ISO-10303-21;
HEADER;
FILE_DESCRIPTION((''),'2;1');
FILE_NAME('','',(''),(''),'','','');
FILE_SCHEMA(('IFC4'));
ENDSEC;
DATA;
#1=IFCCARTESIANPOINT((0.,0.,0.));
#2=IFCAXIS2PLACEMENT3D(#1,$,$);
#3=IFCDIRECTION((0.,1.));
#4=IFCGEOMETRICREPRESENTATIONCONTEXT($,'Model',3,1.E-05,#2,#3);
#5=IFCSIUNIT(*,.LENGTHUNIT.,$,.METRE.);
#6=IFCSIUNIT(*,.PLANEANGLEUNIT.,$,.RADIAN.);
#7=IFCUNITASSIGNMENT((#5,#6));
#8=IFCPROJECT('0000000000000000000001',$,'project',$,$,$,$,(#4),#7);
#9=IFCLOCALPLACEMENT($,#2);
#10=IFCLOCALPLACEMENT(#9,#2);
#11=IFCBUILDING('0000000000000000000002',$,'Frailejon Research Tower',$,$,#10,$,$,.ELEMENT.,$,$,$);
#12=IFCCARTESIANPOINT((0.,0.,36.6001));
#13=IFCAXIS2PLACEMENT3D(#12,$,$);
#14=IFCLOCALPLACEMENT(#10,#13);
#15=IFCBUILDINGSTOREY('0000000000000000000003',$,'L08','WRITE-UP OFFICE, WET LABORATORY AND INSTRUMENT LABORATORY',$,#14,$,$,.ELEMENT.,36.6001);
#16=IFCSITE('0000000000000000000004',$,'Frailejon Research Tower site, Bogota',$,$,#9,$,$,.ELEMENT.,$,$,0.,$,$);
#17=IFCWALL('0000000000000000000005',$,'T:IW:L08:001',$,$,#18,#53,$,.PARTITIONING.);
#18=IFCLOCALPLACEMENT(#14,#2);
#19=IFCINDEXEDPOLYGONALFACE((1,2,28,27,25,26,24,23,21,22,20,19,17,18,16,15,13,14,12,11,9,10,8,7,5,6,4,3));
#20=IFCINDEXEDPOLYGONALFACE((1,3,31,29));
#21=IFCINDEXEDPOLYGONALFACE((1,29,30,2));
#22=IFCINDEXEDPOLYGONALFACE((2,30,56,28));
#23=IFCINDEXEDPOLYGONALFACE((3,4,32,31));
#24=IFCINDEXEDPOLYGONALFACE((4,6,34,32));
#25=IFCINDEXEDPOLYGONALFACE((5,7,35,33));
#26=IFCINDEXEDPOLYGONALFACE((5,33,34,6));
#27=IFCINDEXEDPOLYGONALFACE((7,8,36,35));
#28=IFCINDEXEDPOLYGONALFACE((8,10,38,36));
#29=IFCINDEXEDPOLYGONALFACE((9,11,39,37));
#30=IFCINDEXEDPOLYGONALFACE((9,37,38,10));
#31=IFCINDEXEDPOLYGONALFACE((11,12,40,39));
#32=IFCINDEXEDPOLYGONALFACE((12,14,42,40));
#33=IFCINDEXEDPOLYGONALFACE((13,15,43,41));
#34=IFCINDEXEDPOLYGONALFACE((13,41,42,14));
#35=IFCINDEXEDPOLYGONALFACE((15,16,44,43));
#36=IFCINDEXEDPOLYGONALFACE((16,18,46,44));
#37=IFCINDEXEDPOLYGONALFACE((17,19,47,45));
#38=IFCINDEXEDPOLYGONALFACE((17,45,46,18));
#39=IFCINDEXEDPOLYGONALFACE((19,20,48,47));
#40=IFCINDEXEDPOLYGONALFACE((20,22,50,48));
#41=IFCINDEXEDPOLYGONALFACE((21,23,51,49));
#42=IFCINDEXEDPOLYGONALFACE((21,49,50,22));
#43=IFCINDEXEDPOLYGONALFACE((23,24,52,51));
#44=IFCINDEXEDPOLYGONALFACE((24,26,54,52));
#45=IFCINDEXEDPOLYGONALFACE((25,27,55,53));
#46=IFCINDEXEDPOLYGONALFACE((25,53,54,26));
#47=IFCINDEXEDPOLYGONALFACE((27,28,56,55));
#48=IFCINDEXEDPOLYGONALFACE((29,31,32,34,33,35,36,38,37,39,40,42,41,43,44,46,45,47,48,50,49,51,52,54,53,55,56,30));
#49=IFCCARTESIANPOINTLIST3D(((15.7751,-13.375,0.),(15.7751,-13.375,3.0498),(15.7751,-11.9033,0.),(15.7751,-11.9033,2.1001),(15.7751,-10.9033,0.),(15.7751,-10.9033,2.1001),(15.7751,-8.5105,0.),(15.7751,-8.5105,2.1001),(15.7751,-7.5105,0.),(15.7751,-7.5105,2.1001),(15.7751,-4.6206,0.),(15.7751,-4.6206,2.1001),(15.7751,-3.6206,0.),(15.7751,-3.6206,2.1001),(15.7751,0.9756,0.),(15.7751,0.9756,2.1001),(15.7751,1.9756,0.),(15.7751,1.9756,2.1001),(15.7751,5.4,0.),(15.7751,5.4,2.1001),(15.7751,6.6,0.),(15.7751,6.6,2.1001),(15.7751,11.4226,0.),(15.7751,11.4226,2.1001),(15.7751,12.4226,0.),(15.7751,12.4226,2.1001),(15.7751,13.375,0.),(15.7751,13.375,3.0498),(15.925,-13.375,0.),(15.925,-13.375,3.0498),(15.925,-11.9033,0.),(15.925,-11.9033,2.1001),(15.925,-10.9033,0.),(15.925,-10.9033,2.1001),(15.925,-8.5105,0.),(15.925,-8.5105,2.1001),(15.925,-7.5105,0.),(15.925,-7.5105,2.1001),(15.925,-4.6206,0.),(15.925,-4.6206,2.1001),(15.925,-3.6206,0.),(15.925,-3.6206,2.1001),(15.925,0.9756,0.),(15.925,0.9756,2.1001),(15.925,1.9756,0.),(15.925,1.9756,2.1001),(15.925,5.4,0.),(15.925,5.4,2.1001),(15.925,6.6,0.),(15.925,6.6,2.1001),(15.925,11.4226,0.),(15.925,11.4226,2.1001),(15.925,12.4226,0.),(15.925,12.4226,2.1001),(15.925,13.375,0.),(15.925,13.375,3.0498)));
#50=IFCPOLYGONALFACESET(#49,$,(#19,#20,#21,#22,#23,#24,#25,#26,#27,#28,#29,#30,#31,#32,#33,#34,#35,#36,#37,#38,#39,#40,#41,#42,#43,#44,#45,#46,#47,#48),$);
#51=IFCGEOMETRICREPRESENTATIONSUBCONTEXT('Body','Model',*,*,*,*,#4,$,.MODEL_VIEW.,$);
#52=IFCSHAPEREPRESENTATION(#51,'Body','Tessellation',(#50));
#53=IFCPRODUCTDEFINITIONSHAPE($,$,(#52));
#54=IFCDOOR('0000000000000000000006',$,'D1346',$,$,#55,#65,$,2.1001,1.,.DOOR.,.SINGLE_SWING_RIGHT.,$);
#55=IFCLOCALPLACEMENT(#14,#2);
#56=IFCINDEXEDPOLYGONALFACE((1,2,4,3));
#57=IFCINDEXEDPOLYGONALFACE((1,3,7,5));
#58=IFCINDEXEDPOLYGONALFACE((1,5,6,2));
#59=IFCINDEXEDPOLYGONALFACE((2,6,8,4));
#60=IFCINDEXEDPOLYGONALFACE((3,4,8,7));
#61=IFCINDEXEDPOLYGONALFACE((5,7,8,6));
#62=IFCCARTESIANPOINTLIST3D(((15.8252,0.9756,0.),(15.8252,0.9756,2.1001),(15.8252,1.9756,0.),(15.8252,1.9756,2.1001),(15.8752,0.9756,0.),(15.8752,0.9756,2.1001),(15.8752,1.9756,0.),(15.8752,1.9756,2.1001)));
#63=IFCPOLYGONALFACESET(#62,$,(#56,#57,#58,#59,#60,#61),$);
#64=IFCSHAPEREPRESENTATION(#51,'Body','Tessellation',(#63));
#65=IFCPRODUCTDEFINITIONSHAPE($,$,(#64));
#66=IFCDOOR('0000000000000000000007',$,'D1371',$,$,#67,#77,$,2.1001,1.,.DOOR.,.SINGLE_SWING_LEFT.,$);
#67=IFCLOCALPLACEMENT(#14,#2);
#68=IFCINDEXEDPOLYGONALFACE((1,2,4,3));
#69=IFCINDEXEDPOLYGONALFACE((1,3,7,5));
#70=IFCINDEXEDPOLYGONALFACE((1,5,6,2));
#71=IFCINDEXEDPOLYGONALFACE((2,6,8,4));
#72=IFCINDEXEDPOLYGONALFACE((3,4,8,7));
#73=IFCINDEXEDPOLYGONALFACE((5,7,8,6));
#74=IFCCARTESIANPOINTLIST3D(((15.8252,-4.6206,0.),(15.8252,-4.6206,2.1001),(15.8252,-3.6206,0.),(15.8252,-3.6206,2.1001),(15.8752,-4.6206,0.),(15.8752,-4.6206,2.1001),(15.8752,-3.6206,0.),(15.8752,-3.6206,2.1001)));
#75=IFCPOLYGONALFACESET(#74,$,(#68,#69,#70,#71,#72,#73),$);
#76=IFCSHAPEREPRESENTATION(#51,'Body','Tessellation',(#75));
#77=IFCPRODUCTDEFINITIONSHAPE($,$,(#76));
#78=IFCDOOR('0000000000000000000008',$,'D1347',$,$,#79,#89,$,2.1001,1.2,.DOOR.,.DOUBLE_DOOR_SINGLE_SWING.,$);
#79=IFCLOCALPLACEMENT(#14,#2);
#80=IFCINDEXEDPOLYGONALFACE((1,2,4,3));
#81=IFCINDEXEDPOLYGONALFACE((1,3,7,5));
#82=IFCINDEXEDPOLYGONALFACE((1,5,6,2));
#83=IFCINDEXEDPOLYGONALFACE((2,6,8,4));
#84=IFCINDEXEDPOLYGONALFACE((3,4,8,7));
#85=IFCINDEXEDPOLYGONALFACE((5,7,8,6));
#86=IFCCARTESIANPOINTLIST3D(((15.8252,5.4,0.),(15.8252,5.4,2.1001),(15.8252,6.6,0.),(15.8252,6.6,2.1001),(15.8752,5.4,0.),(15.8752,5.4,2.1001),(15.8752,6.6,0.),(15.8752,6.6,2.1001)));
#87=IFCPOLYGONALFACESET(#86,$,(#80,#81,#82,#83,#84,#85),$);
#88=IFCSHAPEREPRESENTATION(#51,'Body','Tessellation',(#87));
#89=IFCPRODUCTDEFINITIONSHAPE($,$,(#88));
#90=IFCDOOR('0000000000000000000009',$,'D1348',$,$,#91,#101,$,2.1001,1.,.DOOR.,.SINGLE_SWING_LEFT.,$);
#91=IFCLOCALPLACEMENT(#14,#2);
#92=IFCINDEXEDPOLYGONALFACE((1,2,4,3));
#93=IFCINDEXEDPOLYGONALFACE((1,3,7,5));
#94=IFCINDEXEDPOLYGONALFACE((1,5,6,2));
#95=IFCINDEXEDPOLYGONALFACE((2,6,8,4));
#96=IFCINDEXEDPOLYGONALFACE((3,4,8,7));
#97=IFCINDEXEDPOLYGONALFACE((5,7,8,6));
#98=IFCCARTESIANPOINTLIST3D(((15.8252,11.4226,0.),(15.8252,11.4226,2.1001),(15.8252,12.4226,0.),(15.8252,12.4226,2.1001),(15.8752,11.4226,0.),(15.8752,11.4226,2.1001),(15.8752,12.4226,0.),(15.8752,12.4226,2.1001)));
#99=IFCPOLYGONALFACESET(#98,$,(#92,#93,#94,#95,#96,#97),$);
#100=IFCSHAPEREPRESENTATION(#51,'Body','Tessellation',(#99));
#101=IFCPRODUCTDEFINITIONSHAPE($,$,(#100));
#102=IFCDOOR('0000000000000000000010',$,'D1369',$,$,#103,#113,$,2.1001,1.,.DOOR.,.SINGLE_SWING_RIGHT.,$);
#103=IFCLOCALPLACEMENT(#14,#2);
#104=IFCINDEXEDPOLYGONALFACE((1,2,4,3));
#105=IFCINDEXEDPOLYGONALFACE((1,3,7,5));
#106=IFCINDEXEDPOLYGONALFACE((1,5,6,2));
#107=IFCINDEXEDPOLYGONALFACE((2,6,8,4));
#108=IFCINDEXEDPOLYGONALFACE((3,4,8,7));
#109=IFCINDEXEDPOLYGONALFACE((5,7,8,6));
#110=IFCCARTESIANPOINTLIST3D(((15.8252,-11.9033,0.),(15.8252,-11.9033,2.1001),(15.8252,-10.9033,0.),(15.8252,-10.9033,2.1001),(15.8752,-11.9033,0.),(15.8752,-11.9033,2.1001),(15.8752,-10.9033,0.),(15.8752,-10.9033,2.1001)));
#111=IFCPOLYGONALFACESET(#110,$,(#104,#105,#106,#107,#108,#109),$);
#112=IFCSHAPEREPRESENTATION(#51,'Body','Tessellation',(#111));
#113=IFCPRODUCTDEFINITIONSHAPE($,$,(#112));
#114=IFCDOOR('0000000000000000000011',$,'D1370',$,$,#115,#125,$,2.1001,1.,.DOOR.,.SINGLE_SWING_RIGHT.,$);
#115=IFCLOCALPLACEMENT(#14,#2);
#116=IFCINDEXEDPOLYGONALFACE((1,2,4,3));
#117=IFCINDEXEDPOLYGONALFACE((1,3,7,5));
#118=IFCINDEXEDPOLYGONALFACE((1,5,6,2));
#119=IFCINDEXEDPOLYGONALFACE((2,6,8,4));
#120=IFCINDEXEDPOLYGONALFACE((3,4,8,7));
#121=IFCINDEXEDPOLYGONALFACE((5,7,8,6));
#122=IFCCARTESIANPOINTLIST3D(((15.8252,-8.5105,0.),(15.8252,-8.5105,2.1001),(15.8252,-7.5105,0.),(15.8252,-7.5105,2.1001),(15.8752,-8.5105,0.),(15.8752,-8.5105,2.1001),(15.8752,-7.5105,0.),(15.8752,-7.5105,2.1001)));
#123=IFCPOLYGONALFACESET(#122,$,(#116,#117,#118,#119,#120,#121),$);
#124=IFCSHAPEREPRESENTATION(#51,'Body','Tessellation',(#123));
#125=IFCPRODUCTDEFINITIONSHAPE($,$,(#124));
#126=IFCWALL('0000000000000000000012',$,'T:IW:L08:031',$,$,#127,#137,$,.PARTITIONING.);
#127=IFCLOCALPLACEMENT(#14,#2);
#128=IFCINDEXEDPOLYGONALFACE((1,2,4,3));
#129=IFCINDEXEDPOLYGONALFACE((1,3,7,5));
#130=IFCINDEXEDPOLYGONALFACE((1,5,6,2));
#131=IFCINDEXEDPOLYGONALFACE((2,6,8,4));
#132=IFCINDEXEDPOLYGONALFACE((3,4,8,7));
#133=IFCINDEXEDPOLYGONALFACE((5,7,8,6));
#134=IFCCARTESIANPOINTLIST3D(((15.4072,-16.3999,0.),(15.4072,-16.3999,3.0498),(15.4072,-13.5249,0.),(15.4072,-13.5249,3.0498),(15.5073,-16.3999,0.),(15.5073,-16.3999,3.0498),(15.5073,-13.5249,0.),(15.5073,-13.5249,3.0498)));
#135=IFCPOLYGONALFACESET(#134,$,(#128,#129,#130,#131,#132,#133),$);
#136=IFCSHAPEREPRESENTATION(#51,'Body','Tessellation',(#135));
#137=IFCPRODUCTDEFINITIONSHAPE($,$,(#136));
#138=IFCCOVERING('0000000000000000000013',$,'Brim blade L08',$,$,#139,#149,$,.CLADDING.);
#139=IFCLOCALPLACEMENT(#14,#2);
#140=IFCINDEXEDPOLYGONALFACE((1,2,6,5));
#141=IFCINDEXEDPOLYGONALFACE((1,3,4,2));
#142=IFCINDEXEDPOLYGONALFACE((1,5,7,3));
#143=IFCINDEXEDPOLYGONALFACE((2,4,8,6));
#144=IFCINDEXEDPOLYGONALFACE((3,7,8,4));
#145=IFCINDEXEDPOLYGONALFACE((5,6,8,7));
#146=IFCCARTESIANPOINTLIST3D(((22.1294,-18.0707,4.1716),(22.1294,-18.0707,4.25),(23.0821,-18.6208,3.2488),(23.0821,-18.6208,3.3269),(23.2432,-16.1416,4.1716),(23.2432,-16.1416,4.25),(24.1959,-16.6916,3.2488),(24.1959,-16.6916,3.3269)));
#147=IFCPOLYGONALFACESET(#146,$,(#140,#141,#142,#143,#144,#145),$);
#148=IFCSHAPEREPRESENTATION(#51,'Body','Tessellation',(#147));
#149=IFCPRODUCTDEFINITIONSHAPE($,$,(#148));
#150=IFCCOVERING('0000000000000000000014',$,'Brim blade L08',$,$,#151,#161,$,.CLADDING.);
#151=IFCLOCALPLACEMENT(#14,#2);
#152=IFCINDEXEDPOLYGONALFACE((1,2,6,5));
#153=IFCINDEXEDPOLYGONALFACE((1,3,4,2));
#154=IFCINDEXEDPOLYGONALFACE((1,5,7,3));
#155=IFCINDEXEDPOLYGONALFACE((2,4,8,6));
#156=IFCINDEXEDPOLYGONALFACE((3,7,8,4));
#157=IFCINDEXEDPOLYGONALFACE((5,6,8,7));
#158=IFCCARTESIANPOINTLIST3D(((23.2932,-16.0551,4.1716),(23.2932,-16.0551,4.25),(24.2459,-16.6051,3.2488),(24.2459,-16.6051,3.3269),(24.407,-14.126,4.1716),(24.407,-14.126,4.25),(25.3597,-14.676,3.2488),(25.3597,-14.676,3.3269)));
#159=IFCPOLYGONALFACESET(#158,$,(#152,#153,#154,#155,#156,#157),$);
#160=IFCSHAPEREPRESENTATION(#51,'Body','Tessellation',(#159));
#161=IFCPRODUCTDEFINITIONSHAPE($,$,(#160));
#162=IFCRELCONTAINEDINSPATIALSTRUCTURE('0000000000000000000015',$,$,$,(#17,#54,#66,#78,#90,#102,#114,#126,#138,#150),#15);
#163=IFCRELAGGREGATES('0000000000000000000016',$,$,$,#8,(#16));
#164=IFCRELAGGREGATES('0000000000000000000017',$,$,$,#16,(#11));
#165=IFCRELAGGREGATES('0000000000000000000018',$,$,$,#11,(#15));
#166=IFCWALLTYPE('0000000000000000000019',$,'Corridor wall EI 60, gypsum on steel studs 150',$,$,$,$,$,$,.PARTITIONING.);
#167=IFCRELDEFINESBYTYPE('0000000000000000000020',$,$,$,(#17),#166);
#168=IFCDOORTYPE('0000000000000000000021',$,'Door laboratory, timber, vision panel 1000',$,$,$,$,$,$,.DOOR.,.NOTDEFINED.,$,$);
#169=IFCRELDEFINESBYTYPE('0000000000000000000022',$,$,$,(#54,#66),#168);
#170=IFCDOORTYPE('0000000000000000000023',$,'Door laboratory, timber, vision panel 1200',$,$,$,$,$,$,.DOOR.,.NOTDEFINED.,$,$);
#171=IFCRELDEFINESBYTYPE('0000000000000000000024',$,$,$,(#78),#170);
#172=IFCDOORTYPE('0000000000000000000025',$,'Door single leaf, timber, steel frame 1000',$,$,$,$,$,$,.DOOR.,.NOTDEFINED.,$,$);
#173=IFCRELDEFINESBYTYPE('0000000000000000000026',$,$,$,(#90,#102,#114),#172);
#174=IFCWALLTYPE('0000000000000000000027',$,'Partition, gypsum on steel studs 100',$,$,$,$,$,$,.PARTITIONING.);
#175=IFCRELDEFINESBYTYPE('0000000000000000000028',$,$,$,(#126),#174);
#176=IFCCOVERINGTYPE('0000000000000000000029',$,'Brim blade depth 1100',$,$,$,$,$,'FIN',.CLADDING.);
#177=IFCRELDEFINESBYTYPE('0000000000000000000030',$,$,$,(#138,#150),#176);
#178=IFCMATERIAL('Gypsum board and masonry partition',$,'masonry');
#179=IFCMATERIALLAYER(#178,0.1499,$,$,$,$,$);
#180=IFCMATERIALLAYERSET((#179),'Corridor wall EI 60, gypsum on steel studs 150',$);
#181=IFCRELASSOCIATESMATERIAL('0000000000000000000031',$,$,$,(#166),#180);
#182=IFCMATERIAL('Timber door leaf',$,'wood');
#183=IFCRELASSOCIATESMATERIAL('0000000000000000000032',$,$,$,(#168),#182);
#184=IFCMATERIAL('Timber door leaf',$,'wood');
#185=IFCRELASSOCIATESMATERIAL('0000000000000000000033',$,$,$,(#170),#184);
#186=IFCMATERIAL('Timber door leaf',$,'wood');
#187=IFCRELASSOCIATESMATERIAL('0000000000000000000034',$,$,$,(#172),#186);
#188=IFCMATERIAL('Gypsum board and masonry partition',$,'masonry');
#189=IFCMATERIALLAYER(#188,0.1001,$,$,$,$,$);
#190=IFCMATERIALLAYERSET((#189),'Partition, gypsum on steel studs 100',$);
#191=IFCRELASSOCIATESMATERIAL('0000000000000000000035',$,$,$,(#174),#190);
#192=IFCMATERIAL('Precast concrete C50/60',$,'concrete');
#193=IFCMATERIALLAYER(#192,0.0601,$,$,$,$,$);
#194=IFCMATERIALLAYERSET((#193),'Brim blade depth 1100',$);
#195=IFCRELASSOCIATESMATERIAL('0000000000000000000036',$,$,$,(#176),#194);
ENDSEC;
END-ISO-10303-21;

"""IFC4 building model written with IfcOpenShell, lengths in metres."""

from ifc_helpers import new_model, si_unit, direction, frame, frame_2d, origin, place, context, subcontext, project, spatial, polyline, rectangle, outline, extrude, material, layer, layer_set, type_object, element, fill, save


model = new_model("IFC4")

# Units and contexts
model_context = context("Model", 3, precision=1e-05, world=origin(), true_north=direction((0.0, 1.0)))
body_context = subcontext(model_context, "Body", "Model", "MODEL_VIEW")
ifc_project = project(units=[si_unit("LENGTHUNIT", "METRE"), si_unit("PLANEANGLEUNIT", "RADIAN")], contexts=[model_context])

# Site, building, storey
site_placement = place(None, origin())
site = spatial("IfcSite", under=ifc_project, at=site_placement, Name="Frailejon Research Tower site, Bogota", CompositionType="ELEMENT", RefElevation=0.0)
building_placement = place(site_placement, origin())
building = spatial("IfcBuilding", under=site, at=building_placement, Name="Frailejon Research Tower", CompositionType="ELEMENT")
storey_placement = place(building_placement, frame((0.0, 0.0, 36.6001)))
storey = spatial("IfcBuildingStorey", under=building, at=storey_placement, Name="L08", Description="WRITE-UP OFFICE, WET LABORATORY AND INSTRUMENT LABORATORY", CompositionType="ELEMENT", Elevation=36.6001)

# Wall, openings, doors
ifc_material_1 = material(Name="Gypsum board and masonry partition", Category="masonry")
ifc_layer_1 = layer(ifc_material_1, 0.1499)
ifc_layer_set_1 = layer_set([ifc_layer_1], Name="Corridor wall EI 60, gypsum on steel studs 150")
wall_type_1 = type_object("IfcWallType", Name="Corridor wall EI 60, gypsum on steel studs 150", PredefinedType="PARTITIONING", material=ifc_layer_set_1)
wall_1_placement = place(storey_placement, frame((15.8501, -13.375, 0.0), z_axis=(0.0, 0.0, 1.0), x_axis=(0.0, 1.0, 0.0)))
wall_1 = element("IfcWall", 1, at=wall_1_placement, inside=storey, type_object=wall_type_1, Name="T:IW:L08:001", PredefinedType="PARTITIONING", context=body_context, shape_type="SweptSolid", body=[
    extrude(rectangle(XDim=26.75, YDim=0.1499, at=frame_2d((13.375, 0.0))), origin(), (0.0, 0.0, 1.0), 3.0498),
])
opening_1_placement = place(wall_1_placement, frame((14.3506, 0.0, 0.0)))
opening_1 = element("IfcOpeningElement", 2, at=opening_1_placement, cuts=wall_1, PredefinedType="OPENING", context=body_context, shape_type="SweptSolid", body=[
    extrude(rectangle(XDim=1.0, YDim=2.1001, at=frame_2d((0.5, 1.05))), frame((0.0, 0.085, 0.0), z_axis=(0.0, -1.0, 0.0), x_axis=(1.0, 0.0, 0.0)), (0.0, 0.0, 1.0), 0.1699),
])
opening_2_placement = place(wall_1_placement, frame((18.7749, 0.0, 0.0)))
opening_2 = element("IfcOpeningElement", 3, at=opening_2_placement, cuts=wall_1, PredefinedType="OPENING", context=body_context, shape_type="SweptSolid", body=[
    extrude(rectangle(XDim=1.2, YDim=2.1001, at=frame_2d((0.6001, 1.05))), frame((0.0, 0.085, 0.0), z_axis=(0.0, -1.0, 0.0), x_axis=(1.0, 0.0, 0.0)), (0.0, 0.0, 1.0), 0.1699),
])
opening_3_placement = place(wall_1_placement, frame((24.7976, 0.0, 0.0)))
opening_3 = element("IfcOpeningElement", 4, at=opening_3_placement, cuts=wall_1, PredefinedType="OPENING", context=body_context, shape_type="SweptSolid", body=[
    extrude(rectangle(XDim=1.0, YDim=2.1001, at=frame_2d((0.5, 1.05))), frame((0.0, 0.085, 0.0), z_axis=(0.0, -1.0, 0.0), x_axis=(1.0, 0.0, 0.0)), (0.0, 0.0, 1.0), 0.1699),
])
opening_4_placement = place(wall_1_placement, frame((1.4717, 0.0, 0.0)))
opening_4 = element("IfcOpeningElement", 5, at=opening_4_placement, cuts=wall_1, PredefinedType="OPENING", context=body_context, shape_type="SweptSolid", body=[
    extrude(rectangle(XDim=1.0, YDim=2.1001, at=frame_2d((0.5, 1.05))), frame((0.0, 0.085, 0.0), z_axis=(0.0, -1.0, 0.0), x_axis=(1.0, 0.0, 0.0)), (0.0, 0.0, 1.0), 0.1699),
])
opening_5_placement = place(wall_1_placement, frame((4.8645, 0.0, 0.0)))
opening_5 = element("IfcOpeningElement", 6, at=opening_5_placement, cuts=wall_1, PredefinedType="OPENING", context=body_context, shape_type="SweptSolid", body=[
    extrude(rectangle(XDim=1.0, YDim=2.1001, at=frame_2d((0.5, 1.05))), frame((0.0, 0.085, 0.0), z_axis=(0.0, -1.0, 0.0), x_axis=(1.0, 0.0, 0.0)), (0.0, 0.0, 1.0), 0.1699),
])
opening_6_placement = place(wall_1_placement, frame((8.7544, 0.0, 0.0)))
opening_6 = element("IfcOpeningElement", 7, at=opening_6_placement, cuts=wall_1, PredefinedType="OPENING", context=body_context, shape_type="SweptSolid", body=[
    extrude(rectangle(XDim=1.0, YDim=2.1001, at=frame_2d((0.5, 1.05))), frame((0.0, 0.085, 0.0), z_axis=(0.0, -1.0, 0.0), x_axis=(1.0, 0.0, 0.0)), (0.0, 0.0, 1.0), 0.1699),
])
ifc_material_2 = material(Name="Timber door leaf", Category="wood")
door_type_1 = type_object("IfcDoorType", Name="Door laboratory, timber, vision panel 1000", OperationType="NOTDEFINED", PredefinedType="DOOR", material=ifc_material_2)
door_1_placement = place(opening_1_placement, origin())
door_1 = element("IfcDoor", 8, at=door_1_placement, inside=storey, type_object=door_type_1, Name="D1346", OperationType="SINGLE_SWING_RIGHT", OverallHeight=2.1001, OverallWidth=1.0, PredefinedType="DOOR", context=body_context, shape_type="SweptSolid", body=[
    extrude(rectangle(XDim=1.0, YDim=2.1001, at=frame_2d((0.5, 1.05))), frame((0.0, 0.0249, 0.0), z_axis=(0.0, -1.0, 0.0), x_axis=(1.0, 0.0, 0.0)), (0.0, 0.0, 1.0), 0.05),
])
fill(opening_1, door_1)
door_2_placement = place(opening_6_placement, origin())
door_2 = element("IfcDoor", 9, at=door_2_placement, inside=storey, type_object=door_type_1, Name="D1371", OperationType="SINGLE_SWING_LEFT", OverallHeight=2.1001, OverallWidth=1.0, PredefinedType="DOOR", context=body_context, shape_type="SweptSolid", body=[
    extrude(rectangle(XDim=1.0, YDim=2.1001, at=frame_2d((0.5, 1.05))), frame((0.0, 0.0249, 0.0), z_axis=(0.0, -1.0, 0.0), x_axis=(1.0, 0.0, 0.0)), (0.0, 0.0, 1.0), 0.05),
])
fill(opening_6, door_2)
ifc_material_3 = material(Name="Timber door leaf", Category="wood")
door_type_2 = type_object("IfcDoorType", Name="Door laboratory, timber, vision panel 1200", OperationType="NOTDEFINED", PredefinedType="DOOR", material=ifc_material_3)
door_3_placement = place(opening_2_placement, origin())
door_3 = element("IfcDoor", 10, at=door_3_placement, inside=storey, type_object=door_type_2, Name="D1347", OperationType="DOUBLE_DOOR_SINGLE_SWING", OverallHeight=2.1001, OverallWidth=1.2, PredefinedType="DOOR", context=body_context, shape_type="SweptSolid", body=[
    extrude(rectangle(XDim=1.2, YDim=2.1001, at=frame_2d((0.6001, 1.05))), frame((0.0, 0.0249, 0.0), z_axis=(0.0, -1.0, 0.0), x_axis=(1.0, 0.0, 0.0)), (0.0, 0.0, 1.0), 0.05),
])
fill(opening_2, door_3)
ifc_material_4 = material(Name="Timber door leaf", Category="wood")
door_type_3 = type_object("IfcDoorType", Name="Door single leaf, timber, steel frame 1000", OperationType="NOTDEFINED", PredefinedType="DOOR", material=ifc_material_4)
door_4_placement = place(opening_3_placement, origin())
door_4 = element("IfcDoor", 11, at=door_4_placement, inside=storey, type_object=door_type_3, Name="D1348", OperationType="SINGLE_SWING_LEFT", OverallHeight=2.1001, OverallWidth=1.0, PredefinedType="DOOR", context=body_context, shape_type="SweptSolid", body=[
    extrude(rectangle(XDim=1.0, YDim=2.1001, at=frame_2d((0.5, 1.05))), frame((0.0, 0.0249, 0.0), z_axis=(0.0, -1.0, 0.0), x_axis=(1.0, 0.0, 0.0)), (0.0, 0.0, 1.0), 0.05),
])
fill(opening_3, door_4)
door_5_placement = place(opening_4_placement, origin())
door_5 = element("IfcDoor", 12, at=door_5_placement, inside=storey, type_object=door_type_3, Name="D1369", OperationType="SINGLE_SWING_RIGHT", OverallHeight=2.1001, OverallWidth=1.0, PredefinedType="DOOR", context=body_context, shape_type="SweptSolid", body=[
    extrude(rectangle(XDim=1.0, YDim=2.1001, at=frame_2d((0.5, 1.05))), frame((0.0, 0.0249, 0.0), z_axis=(0.0, -1.0, 0.0), x_axis=(1.0, 0.0, 0.0)), (0.0, 0.0, 1.0), 0.05),
])
fill(opening_4, door_5)
door_6_placement = place(opening_5_placement, origin())
door_6 = element("IfcDoor", 13, at=door_6_placement, inside=storey, type_object=door_type_3, Name="D1370", OperationType="SINGLE_SWING_RIGHT", OverallHeight=2.1001, OverallWidth=1.0, PredefinedType="DOOR", context=body_context, shape_type="SweptSolid", body=[
    extrude(rectangle(XDim=1.0, YDim=2.1001, at=frame_2d((0.5, 1.05))), frame((0.0, 0.0249, 0.0), z_axis=(0.0, -1.0, 0.0), x_axis=(1.0, 0.0, 0.0)), (0.0, 0.0, 1.0), 0.05),
])
fill(opening_5, door_6)

# Wall
ifc_material_5 = material(Name="Gypsum board and masonry partition", Category="masonry")
ifc_layer_2 = layer(ifc_material_5, 0.1001)
ifc_layer_set_2 = layer_set([ifc_layer_2], Name="Partition, gypsum on steel studs 100")
wall_type_2 = type_object("IfcWallType", Name="Partition, gypsum on steel studs 100", PredefinedType="PARTITIONING", material=ifc_layer_set_2)
wall_2_placement = place(storey_placement, frame((15.4573, -16.3999, 0.0), z_axis=(0.0, 0.0, 1.0), x_axis=(0.0, 1.0, 0.0)))
element("IfcWall", 14, at=wall_2_placement, inside=storey, type_object=wall_type_2, Name="T:IW:L08:031", PredefinedType="PARTITIONING", context=body_context, shape_type="SweptSolid", body=[
    extrude(rectangle(XDim=2.875, YDim=0.1001, at=frame_2d((1.4375, 0.0))), origin(), (0.0, 0.0, 1.0), 3.0498),
])

# Coverings
ifc_material_6 = material(Name="Precast concrete C50/60", Category="concrete")
ifc_layer_3 = layer(ifc_material_6, 0.0601)
ifc_layer_set_3 = layer_set([ifc_layer_3], Name="Brim blade depth 1100")
covering_type_1 = type_object("IfcCoveringType", Name="Brim blade depth 1100", ElementType="FIN", PredefinedType="CLADDING", material=ifc_layer_set_3)
for number, where, z_axis, x_axis, name in (
    (15, (23.2432, -16.1416, 4.25), (-0.499998, -0.866026, 0.0), (0.866026, -0.499998, 0.0), "Brim blade L08"),
    (16, (24.407, -14.126, 4.25), (-0.500008, -0.866021, 0.0), (0.866021, -0.500008, 0.0), "Brim blade L08"),
):
    element("IfcCovering", number, at=place(storey_placement, frame(where, z_axis=z_axis, x_axis=x_axis)), inside=storey, type_object=covering_type_1, Name=name, PredefinedType="CLADDING", context=body_context, shape_type="SweptSolid", body=[
        extrude(outline(polyline([(0.0, -0.0784), (1.1001, -1.0012), (1.1001, -0.9231), (0.0, 0.0), (0.0, -0.0784)])), origin(), (0.0, 0.0, 1.0), 2.2275),
    ])

save(model, "model.ifc")
